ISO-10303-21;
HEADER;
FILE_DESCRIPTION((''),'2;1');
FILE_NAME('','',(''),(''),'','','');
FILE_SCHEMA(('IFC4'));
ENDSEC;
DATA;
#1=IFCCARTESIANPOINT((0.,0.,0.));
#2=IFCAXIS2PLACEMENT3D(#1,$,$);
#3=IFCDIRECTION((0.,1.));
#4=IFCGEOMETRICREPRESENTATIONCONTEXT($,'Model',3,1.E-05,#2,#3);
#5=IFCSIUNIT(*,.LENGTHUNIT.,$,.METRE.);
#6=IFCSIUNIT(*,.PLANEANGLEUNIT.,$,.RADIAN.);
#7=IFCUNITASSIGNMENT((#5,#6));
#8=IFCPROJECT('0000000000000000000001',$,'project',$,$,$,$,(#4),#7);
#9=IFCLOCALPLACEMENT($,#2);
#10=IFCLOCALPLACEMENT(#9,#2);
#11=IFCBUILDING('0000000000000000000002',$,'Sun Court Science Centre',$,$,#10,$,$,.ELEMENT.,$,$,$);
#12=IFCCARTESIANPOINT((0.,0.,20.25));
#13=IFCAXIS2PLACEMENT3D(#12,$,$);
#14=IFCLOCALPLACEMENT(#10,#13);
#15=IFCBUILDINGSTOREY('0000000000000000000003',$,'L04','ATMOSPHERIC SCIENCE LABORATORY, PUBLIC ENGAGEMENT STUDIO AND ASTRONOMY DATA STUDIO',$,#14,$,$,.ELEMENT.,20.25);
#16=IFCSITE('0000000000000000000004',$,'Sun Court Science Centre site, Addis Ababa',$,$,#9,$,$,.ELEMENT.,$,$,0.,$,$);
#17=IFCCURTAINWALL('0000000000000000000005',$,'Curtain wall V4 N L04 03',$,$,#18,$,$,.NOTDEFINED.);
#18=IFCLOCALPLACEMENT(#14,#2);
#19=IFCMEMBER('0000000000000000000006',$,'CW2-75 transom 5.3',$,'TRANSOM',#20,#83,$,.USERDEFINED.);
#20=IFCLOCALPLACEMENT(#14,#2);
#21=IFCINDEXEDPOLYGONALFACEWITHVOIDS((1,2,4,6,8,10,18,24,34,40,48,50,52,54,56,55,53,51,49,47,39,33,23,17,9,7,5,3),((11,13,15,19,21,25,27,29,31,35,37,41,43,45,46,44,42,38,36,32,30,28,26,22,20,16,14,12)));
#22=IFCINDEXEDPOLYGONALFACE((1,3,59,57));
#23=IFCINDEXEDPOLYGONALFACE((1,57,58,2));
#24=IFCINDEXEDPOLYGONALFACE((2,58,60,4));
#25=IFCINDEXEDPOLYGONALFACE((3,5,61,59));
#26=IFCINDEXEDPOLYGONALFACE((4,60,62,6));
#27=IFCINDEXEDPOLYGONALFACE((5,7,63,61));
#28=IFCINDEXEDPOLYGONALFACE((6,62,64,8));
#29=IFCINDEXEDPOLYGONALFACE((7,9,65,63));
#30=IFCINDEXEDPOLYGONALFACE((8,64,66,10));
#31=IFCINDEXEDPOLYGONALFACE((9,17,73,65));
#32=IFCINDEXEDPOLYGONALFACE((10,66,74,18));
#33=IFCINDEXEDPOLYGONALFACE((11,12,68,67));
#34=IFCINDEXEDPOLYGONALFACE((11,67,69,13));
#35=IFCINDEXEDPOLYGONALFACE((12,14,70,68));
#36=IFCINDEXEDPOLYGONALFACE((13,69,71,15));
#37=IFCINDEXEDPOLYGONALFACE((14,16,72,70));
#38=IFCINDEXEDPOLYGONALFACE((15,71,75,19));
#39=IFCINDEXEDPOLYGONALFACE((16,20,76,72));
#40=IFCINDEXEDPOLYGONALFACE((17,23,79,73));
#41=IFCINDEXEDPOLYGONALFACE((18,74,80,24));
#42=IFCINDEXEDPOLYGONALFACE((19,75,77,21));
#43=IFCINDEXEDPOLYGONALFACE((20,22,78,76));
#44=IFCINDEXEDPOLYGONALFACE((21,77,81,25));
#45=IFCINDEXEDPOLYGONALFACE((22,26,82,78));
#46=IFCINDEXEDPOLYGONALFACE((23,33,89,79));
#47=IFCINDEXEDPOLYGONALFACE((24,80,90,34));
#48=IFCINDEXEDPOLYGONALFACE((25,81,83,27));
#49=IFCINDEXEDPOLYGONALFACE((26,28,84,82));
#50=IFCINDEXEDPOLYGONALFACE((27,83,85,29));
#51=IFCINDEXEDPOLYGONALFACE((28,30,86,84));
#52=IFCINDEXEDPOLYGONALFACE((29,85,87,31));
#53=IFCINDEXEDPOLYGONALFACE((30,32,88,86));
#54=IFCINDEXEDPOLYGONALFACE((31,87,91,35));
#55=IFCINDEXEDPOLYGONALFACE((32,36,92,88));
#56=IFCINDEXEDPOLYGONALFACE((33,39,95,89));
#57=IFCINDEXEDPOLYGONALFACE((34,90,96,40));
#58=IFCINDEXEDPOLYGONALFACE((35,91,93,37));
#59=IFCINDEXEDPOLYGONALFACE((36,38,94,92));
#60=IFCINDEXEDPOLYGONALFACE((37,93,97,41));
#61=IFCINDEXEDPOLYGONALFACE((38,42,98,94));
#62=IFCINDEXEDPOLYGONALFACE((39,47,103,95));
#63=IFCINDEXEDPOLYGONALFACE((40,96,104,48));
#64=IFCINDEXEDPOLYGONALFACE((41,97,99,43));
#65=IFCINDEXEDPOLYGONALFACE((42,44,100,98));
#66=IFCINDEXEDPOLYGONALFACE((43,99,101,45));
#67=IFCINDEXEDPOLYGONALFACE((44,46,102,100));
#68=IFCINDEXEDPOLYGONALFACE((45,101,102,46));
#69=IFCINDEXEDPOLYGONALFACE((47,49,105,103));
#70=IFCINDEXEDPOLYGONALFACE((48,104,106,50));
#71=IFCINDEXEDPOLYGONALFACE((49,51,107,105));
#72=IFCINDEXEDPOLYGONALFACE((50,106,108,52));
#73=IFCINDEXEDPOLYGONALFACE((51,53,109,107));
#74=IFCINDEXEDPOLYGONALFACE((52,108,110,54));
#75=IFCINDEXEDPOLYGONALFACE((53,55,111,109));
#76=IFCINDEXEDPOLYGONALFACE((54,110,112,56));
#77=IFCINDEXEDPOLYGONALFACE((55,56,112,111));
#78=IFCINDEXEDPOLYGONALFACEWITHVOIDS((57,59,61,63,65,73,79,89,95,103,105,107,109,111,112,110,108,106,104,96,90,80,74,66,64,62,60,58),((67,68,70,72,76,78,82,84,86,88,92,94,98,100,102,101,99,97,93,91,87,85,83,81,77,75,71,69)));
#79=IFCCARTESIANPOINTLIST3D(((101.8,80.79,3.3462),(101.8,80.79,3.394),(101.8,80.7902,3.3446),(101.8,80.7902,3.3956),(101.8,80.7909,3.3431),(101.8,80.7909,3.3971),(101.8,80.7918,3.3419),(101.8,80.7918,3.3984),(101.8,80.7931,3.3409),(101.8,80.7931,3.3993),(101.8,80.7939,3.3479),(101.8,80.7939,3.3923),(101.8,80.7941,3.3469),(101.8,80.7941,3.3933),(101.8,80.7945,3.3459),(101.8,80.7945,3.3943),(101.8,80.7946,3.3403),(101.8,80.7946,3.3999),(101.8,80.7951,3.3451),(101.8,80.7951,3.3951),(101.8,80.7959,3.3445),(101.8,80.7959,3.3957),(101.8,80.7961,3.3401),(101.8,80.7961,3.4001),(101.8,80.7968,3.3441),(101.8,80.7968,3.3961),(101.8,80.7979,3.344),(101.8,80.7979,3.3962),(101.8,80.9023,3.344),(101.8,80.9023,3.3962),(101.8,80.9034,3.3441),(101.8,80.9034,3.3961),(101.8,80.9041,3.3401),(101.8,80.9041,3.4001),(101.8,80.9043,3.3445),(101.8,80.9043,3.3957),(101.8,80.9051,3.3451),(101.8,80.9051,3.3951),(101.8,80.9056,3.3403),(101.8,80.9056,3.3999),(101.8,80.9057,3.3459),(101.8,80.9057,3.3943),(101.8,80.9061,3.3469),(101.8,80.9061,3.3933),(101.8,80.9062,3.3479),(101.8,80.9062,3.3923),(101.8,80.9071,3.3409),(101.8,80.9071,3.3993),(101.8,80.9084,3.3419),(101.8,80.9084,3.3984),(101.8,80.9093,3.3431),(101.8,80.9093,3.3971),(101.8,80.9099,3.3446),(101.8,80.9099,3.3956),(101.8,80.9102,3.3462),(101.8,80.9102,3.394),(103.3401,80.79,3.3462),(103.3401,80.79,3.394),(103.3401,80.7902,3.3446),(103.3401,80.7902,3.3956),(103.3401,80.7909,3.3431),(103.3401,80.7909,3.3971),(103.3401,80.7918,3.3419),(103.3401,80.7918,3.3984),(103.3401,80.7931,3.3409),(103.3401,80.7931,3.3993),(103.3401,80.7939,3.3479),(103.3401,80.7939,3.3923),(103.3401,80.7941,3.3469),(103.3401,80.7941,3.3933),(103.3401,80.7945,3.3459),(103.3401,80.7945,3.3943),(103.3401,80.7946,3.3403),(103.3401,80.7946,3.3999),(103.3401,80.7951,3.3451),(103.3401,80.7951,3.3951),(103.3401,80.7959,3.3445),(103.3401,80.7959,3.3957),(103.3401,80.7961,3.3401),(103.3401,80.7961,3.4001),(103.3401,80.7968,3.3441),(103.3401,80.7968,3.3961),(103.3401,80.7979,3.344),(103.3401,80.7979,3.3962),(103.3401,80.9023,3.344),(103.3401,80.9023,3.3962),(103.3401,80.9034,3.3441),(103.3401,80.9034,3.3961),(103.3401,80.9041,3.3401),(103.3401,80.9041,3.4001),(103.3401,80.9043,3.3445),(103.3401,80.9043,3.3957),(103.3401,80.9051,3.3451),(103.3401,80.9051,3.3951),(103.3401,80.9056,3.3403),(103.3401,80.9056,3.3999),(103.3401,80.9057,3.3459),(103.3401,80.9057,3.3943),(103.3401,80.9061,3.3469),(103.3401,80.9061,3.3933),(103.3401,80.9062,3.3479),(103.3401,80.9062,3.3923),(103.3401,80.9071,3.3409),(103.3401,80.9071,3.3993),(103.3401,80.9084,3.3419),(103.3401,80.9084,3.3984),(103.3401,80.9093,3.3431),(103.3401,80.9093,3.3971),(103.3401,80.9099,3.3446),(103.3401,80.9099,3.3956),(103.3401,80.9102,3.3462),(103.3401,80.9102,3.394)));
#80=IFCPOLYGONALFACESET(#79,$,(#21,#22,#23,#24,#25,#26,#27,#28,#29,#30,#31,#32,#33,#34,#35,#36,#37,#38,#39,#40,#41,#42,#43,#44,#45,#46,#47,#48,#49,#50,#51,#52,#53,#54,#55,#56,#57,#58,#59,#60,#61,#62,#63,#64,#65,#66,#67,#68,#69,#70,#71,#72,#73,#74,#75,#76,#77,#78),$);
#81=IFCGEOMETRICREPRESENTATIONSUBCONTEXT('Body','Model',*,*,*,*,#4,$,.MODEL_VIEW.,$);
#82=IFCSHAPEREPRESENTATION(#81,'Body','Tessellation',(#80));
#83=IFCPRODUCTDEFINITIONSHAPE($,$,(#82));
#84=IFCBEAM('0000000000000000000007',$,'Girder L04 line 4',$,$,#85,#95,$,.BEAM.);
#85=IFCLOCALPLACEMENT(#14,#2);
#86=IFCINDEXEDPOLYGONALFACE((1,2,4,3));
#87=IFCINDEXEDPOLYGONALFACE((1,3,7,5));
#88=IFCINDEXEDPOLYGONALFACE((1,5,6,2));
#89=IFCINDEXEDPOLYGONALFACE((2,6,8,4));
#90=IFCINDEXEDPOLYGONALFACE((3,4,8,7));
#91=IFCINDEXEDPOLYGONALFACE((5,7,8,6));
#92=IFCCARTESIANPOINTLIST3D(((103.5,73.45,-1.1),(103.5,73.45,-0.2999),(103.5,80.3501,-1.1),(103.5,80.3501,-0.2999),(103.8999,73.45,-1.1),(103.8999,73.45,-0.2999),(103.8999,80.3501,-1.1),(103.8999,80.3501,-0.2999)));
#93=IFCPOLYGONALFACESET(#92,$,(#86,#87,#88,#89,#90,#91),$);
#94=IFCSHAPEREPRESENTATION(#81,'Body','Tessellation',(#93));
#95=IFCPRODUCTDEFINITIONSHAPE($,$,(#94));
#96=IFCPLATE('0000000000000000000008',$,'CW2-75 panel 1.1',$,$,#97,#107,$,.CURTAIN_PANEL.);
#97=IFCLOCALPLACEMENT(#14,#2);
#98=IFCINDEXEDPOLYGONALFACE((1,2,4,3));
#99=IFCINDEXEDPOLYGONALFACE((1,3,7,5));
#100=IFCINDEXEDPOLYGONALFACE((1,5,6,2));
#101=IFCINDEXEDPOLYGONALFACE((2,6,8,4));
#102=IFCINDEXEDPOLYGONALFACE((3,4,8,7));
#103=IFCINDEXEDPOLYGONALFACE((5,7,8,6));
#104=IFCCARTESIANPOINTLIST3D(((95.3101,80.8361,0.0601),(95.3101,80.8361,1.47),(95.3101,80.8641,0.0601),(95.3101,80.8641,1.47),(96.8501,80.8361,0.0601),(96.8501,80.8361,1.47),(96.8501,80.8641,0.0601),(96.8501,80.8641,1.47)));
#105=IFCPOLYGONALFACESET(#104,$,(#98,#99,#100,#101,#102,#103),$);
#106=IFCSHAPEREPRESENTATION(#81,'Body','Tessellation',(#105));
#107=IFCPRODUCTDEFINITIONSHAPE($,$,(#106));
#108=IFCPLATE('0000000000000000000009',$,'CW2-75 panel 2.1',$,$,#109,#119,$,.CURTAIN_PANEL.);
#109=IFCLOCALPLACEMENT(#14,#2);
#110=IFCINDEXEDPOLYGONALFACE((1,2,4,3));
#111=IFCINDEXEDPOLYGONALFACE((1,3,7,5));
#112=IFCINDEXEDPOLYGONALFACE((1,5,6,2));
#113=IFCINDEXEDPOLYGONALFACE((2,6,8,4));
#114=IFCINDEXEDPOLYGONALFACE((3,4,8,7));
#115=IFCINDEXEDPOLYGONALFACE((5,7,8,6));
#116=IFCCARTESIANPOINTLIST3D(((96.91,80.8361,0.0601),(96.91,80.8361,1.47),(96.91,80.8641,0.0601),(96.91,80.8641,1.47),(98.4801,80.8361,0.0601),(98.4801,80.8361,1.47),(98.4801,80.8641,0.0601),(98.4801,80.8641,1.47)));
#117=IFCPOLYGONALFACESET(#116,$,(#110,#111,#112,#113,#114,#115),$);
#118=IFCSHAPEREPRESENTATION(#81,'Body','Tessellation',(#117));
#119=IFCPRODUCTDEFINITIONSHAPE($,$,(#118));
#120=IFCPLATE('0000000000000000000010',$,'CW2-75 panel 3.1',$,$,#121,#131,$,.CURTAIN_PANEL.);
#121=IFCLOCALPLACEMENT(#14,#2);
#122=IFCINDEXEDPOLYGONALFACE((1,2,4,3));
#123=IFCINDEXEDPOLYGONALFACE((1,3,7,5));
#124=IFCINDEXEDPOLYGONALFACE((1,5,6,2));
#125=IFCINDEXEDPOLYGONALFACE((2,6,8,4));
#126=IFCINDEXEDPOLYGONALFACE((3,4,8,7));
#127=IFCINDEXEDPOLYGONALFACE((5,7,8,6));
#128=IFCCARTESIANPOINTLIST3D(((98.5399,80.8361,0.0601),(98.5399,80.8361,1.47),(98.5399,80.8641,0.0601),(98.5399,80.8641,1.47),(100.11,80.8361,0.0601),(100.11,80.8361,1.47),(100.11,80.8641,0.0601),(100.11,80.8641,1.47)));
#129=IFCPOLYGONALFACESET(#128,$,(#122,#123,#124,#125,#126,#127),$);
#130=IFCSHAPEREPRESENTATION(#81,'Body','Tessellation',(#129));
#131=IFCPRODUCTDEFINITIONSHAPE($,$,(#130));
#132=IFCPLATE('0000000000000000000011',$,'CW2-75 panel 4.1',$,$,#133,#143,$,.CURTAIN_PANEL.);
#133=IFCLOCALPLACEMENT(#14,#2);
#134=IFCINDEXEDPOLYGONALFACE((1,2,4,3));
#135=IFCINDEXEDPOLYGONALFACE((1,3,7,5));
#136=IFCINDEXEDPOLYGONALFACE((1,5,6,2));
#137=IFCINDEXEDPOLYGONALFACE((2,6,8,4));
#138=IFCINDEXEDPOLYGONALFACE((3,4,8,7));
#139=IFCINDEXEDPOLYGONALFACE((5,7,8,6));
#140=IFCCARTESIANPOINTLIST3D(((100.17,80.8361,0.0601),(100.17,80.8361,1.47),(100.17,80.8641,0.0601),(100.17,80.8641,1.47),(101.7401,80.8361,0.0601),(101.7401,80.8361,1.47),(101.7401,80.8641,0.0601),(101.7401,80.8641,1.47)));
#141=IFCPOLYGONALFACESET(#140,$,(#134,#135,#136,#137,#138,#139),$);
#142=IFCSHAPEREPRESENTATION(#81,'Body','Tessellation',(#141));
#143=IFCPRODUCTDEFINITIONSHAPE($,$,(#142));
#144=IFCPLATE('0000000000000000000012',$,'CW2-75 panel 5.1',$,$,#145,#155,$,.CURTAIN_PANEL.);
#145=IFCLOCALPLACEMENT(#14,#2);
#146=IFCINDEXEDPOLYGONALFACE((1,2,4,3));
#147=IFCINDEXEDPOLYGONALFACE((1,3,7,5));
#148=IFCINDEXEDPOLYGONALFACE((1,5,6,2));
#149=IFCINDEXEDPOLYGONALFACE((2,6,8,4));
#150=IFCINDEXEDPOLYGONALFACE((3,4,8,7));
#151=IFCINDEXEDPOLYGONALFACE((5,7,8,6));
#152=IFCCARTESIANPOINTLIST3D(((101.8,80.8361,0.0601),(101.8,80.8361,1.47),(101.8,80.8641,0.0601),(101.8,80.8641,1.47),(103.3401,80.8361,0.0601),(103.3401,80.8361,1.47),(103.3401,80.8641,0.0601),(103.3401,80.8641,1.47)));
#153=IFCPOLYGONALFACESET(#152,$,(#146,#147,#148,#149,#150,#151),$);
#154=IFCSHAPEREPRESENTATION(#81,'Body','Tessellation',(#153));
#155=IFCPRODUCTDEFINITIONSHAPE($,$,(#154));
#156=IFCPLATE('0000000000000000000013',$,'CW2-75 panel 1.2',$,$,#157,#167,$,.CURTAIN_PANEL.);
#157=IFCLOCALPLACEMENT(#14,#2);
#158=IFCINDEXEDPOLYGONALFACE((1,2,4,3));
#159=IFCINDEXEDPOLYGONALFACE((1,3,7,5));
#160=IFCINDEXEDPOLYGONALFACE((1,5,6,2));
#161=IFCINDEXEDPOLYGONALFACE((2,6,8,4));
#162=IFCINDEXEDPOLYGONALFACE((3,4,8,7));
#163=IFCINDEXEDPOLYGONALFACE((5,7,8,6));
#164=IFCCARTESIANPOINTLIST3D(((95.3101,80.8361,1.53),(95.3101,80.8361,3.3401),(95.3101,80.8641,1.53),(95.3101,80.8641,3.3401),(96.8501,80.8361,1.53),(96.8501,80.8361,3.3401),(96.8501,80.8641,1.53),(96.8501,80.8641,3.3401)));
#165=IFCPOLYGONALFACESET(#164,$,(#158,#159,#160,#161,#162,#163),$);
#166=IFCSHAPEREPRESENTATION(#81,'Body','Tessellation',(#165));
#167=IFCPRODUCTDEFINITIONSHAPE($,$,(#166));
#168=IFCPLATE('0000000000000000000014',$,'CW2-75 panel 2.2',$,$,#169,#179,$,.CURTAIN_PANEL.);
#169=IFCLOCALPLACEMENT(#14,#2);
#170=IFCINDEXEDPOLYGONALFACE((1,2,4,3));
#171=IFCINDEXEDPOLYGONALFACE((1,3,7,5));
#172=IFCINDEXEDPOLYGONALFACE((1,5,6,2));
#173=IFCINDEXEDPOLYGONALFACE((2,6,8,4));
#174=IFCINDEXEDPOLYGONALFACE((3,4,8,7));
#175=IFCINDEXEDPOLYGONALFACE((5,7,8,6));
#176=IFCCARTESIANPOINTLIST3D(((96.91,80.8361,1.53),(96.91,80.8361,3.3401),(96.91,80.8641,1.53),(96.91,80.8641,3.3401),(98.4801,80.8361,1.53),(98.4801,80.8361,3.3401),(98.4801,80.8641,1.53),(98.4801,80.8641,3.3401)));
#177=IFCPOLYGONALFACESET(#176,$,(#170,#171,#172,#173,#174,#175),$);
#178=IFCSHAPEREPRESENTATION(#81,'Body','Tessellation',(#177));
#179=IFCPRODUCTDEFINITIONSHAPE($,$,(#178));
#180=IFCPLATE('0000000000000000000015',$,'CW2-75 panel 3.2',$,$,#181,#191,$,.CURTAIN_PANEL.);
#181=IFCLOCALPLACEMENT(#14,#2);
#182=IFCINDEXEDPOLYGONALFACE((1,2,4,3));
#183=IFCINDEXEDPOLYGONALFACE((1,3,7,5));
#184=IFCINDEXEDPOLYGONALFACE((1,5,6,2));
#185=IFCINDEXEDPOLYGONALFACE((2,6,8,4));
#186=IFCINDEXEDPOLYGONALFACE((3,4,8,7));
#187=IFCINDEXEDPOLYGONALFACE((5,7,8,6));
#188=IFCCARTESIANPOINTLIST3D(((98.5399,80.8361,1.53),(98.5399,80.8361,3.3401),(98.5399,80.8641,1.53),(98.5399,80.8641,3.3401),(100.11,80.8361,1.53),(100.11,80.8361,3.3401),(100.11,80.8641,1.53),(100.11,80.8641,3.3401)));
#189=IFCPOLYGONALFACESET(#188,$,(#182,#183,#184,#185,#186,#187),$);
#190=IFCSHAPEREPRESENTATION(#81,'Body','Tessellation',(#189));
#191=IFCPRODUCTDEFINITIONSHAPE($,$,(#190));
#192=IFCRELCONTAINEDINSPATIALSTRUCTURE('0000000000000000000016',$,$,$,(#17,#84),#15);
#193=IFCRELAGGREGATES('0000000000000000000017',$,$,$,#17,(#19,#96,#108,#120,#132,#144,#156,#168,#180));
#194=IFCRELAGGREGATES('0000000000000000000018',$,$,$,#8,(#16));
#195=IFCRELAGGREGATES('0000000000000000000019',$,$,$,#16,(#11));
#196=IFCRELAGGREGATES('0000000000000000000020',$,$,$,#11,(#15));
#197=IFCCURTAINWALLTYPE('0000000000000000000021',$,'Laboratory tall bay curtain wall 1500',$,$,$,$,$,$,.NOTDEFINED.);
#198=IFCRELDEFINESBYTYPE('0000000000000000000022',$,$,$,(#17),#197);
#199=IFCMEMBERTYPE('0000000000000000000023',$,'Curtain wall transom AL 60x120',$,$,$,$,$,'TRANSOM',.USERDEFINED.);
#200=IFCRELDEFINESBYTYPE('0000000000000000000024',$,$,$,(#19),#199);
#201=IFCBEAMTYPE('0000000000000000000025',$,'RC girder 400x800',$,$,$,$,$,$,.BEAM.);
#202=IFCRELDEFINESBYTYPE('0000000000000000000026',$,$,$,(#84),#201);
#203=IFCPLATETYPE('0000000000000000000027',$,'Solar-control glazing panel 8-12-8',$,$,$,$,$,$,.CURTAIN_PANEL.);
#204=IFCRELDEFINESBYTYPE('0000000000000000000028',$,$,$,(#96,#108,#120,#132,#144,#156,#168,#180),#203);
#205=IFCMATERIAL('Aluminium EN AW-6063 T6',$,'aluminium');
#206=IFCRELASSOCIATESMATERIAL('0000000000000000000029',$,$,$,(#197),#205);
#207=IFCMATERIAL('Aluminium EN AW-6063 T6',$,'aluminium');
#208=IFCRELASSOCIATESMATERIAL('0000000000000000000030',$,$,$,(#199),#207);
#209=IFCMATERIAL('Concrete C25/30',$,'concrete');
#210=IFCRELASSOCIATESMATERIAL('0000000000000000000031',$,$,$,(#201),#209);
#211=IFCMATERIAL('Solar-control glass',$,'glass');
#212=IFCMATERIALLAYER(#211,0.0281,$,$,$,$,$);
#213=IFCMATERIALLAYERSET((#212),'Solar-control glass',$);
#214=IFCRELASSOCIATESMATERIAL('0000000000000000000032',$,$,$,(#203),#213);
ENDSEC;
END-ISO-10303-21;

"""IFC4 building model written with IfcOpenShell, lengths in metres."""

from ifc_helpers import new_model, si_unit, direction, frame, origin, origin_2d, place, context, subcontext, project, spatial, rectangle, hollow_rectangle, extrude, material, layer, layer_set, material_profile, profile_set, type_object, element, aggregate, save


model = new_model("IFC4")

# Units and contexts
model_context = context("Model", 3, precision=1e-05, world=origin(), true_north=direction((0.0, 1.0)))
body_context = subcontext(model_context, "Body", "Model", "MODEL_VIEW")
ifc_project = project(units=[si_unit("LENGTHUNIT", "METRE"), si_unit("PLANEANGLEUNIT", "RADIAN")], contexts=[model_context])

# Site, building, storey
site_placement = place(None, origin())
site = spatial("IfcSite", under=ifc_project, at=site_placement, Name="Sun Court Science Centre site, Addis Ababa", CompositionType="ELEMENT", RefElevation=0.0)
building_placement = place(site_placement, origin())
building = spatial("IfcBuilding", under=site, at=building_placement, Name="Sun Court Science Centre", CompositionType="ELEMENT")
storey_placement = place(building_placement, frame((0.0, 0.0, 20.25)))
storey = spatial("IfcBuildingStorey", under=building, at=storey_placement, Name="L04", Description="ATMOSPHERIC SCIENCE LABORATORY, PUBLIC ENGAGEMENT STUDIO AND ASTRONOMY DATA STUDIO", CompositionType="ELEMENT", Elevation=20.25)

# Curtain wall, member
ifc_material_1 = material(Name="Aluminium EN AW-6063 T6", Category="aluminium")
curtain_wall_type = type_object("IfcCurtainWallType", Name="Laboratory tall bay curtain wall 1500", PredefinedType="NOTDEFINED", material=ifc_material_1)
curtain_wall_placement = place(storey_placement, origin())
curtain_wall = element("IfcCurtainWall", 1, at=curtain_wall_placement, inside=storey, type_object=curtain_wall_type, Name="Curtain wall V4 N L04 03", PredefinedType="NOTDEFINED")
ifc_material_2 = material(Name="Aluminium EN AW-6063 T6", Category="aluminium")
ifc_material_profile_1 = material_profile(ifc_material_2, hollow_rectangle(XDim=0.0601, YDim=0.1201, WallThickness=0.0039, InnerFilletRadius=0.0039, OuterFilletRadius=0.0061, at=origin_2d()), Name="AL 60x120x4")
ifc_profile_set_1 = profile_set([ifc_material_profile_1], Name="Aluminium EN AW-6063 T6")
member_type_1 = type_object("IfcMemberType", Name="Curtain wall transom AL 60x120", ElementType="TRANSOM", PredefinedType="USERDEFINED", material=ifc_profile_set_1)
member_1_placement = place(storey_placement, frame((101.8, 80.8501, 3.3701), z_axis=(1.0, 0.0, 0.0), x_axis=(0.0, 0.0, 1.0)))
member_1 = element("IfcMember", 2, at=member_1_placement, type_object=member_type_1, Name="CW2-75 transom 5.3", ObjectType="TRANSOM", PredefinedType="USERDEFINED", context=body_context, shape_type="SweptSolid", body=[
    extrude(hollow_rectangle(XDim=0.0601, YDim=0.1201, WallThickness=0.0039, InnerFilletRadius=0.0039, OuterFilletRadius=0.0061, at=origin_2d()), origin(), (0.0, 0.0, 1.0), 1.54),
])

# Beam
ifc_material_3 = material(Name="Concrete C25/30", Category="concrete")
ifc_material_profile_2 = material_profile(ifc_material_3, rectangle(XDim=0.3999, YDim=0.8, at=origin_2d()), Name="RC 400x800")
ifc_profile_set_2 = profile_set([ifc_material_profile_2], Name="Concrete C25/30")
beam_type = type_object("IfcBeamType", Name="RC girder 400x800", PredefinedType="BEAM", material=ifc_profile_set_2)
beam_placement = place(storey_placement, frame((103.7, 73.45, -0.7), z_axis=(0.0, 1.0, 0.0), x_axis=(-1.0, 0.0, 0.0)))
element("IfcBeam", 3, at=beam_placement, inside=storey, type_object=beam_type, Name="Girder L04 line 4", PredefinedType="BEAM", context=body_context, shape_type="SweptSolid", body=[
    extrude(rectangle(XDim=0.3999, YDim=0.8, at=origin_2d()), origin(), (0.0, 0.0, 1.0), 6.9001),
])

# Plates
ifc_material_4 = material(Name="Solar-control glass", Category="glass")
ifc_layer_1 = layer(ifc_material_4, 0.0281)
ifc_layer_set_1 = layer_set([ifc_layer_1], Name="Solar-control glass")
plate_type = type_object("IfcPlateType", Name="Solar-control glazing panel 8-12-8", PredefinedType="CURTAIN_PANEL", material=ifc_layer_set_1)
plate_1_placement = place(storey_placement, frame((96.0801, 80.8501, 0.0601), z_axis=(0.0, 0.0, 1.0), x_axis=(1.0, 0.0, 0.0)))
plate_1 = element("IfcPlate", 4, at=plate_1_placement, type_object=plate_type, Name="CW2-75 panel 1.1", PredefinedType="CURTAIN_PANEL", context=body_context, shape_type="SweptSolid", body=[
    extrude(rectangle(XDim=1.54, YDim=0.0281, at=origin_2d()), origin(), (0.0, 0.0, 1.0), 1.4099),
])
plate_2_placement = place(storey_placement, frame((97.6951, 80.8501, 0.0601), z_axis=(0.0, 0.0, 1.0), x_axis=(1.0, 0.0, 0.0)))
plate_2 = element("IfcPlate", 5, at=plate_2_placement, type_object=plate_type, Name="CW2-75 panel 2.1", PredefinedType="CURTAIN_PANEL", context=body_context, shape_type="SweptSolid", body=[
    extrude(rectangle(XDim=1.5701, YDim=0.0281, at=origin_2d()), origin(), (0.0, 0.0, 1.0), 1.4099),
])
plate_3_placement = place(storey_placement, frame((99.325, 80.8501, 0.0601), z_axis=(0.0, 0.0, 1.0), x_axis=(1.0, 0.0, 0.0)))
plate_3 = element("IfcPlate", 6, at=plate_3_placement, type_object=plate_type, Name="CW2-75 panel 3.1", PredefinedType="CURTAIN_PANEL", context=body_context, shape_type="SweptSolid", body=[
    extrude(rectangle(XDim=1.5701, YDim=0.0281, at=origin_2d()), origin(), (0.0, 0.0, 1.0), 1.4099),
])
plate_4_placement = place(storey_placement, frame((100.9551, 80.8501, 0.0601), z_axis=(0.0, 0.0, 1.0), x_axis=(1.0, 0.0, 0.0)))
plate_4 = element("IfcPlate", 7, at=plate_4_placement, type_object=plate_type, Name="CW2-75 panel 4.1", PredefinedType="CURTAIN_PANEL", context=body_context, shape_type="SweptSolid", body=[
    extrude(rectangle(XDim=1.5701, YDim=0.0281, at=origin_2d()), origin(), (0.0, 0.0, 1.0), 1.4099),
])
plate_5_placement = place(storey_placement, frame((102.5701, 80.8501, 0.0601), z_axis=(0.0, 0.0, 1.0), x_axis=(1.0, 0.0, 0.0)))
plate_5 = element("IfcPlate", 8, at=plate_5_placement, type_object=plate_type, Name="CW2-75 panel 5.1", PredefinedType="CURTAIN_PANEL", context=body_context, shape_type="SweptSolid", body=[
    extrude(rectangle(XDim=1.54, YDim=0.0281, at=origin_2d()), origin(), (0.0, 0.0, 1.0), 1.4099),
])
plate_6_placement = place(storey_placement, frame((96.0801, 80.8501, 1.53), z_axis=(0.0, 0.0, 1.0), x_axis=(1.0, 0.0, 0.0)))
plate_6 = element("IfcPlate", 9, at=plate_6_placement, type_object=plate_type, Name="CW2-75 panel 1.2", PredefinedType="CURTAIN_PANEL", context=body_context, shape_type="SweptSolid", body=[
    extrude(rectangle(XDim=1.54, YDim=0.0281, at=origin_2d()), origin(), (0.0, 0.0, 1.0), 1.8101),
])
plate_7_placement = place(storey_placement, frame((97.6951, 80.8501, 1.53), z_axis=(0.0, 0.0, 1.0), x_axis=(1.0, 0.0, 0.0)))
plate_7 = element("IfcPlate", 10, at=plate_7_placement, type_object=plate_type, Name="CW2-75 panel 2.2", PredefinedType="CURTAIN_PANEL", context=body_context, shape_type="SweptSolid", body=[
    extrude(rectangle(XDim=1.5701, YDim=0.0281, at=origin_2d()), origin(), (0.0, 0.0, 1.0), 1.8101),
])
plate_8_placement = place(storey_placement, frame((99.325, 80.8501, 1.53), z_axis=(0.0, 0.0, 1.0), x_axis=(1.0, 0.0, 0.0)))
plate_8 = element("IfcPlate", 11, at=plate_8_placement, type_object=plate_type, Name="CW2-75 panel 3.2", PredefinedType="CURTAIN_PANEL", context=body_context, shape_type="SweptSolid", body=[
    extrude(rectangle(XDim=1.5701, YDim=0.0281, at=origin_2d()), origin(), (0.0, 0.0, 1.0), 1.8101),
])
aggregate(curtain_wall, [member_1, plate_1, plate_2, plate_3, plate_4, plate_5, plate_6, plate_7, plate_8])

save(model, "model.ifc")
